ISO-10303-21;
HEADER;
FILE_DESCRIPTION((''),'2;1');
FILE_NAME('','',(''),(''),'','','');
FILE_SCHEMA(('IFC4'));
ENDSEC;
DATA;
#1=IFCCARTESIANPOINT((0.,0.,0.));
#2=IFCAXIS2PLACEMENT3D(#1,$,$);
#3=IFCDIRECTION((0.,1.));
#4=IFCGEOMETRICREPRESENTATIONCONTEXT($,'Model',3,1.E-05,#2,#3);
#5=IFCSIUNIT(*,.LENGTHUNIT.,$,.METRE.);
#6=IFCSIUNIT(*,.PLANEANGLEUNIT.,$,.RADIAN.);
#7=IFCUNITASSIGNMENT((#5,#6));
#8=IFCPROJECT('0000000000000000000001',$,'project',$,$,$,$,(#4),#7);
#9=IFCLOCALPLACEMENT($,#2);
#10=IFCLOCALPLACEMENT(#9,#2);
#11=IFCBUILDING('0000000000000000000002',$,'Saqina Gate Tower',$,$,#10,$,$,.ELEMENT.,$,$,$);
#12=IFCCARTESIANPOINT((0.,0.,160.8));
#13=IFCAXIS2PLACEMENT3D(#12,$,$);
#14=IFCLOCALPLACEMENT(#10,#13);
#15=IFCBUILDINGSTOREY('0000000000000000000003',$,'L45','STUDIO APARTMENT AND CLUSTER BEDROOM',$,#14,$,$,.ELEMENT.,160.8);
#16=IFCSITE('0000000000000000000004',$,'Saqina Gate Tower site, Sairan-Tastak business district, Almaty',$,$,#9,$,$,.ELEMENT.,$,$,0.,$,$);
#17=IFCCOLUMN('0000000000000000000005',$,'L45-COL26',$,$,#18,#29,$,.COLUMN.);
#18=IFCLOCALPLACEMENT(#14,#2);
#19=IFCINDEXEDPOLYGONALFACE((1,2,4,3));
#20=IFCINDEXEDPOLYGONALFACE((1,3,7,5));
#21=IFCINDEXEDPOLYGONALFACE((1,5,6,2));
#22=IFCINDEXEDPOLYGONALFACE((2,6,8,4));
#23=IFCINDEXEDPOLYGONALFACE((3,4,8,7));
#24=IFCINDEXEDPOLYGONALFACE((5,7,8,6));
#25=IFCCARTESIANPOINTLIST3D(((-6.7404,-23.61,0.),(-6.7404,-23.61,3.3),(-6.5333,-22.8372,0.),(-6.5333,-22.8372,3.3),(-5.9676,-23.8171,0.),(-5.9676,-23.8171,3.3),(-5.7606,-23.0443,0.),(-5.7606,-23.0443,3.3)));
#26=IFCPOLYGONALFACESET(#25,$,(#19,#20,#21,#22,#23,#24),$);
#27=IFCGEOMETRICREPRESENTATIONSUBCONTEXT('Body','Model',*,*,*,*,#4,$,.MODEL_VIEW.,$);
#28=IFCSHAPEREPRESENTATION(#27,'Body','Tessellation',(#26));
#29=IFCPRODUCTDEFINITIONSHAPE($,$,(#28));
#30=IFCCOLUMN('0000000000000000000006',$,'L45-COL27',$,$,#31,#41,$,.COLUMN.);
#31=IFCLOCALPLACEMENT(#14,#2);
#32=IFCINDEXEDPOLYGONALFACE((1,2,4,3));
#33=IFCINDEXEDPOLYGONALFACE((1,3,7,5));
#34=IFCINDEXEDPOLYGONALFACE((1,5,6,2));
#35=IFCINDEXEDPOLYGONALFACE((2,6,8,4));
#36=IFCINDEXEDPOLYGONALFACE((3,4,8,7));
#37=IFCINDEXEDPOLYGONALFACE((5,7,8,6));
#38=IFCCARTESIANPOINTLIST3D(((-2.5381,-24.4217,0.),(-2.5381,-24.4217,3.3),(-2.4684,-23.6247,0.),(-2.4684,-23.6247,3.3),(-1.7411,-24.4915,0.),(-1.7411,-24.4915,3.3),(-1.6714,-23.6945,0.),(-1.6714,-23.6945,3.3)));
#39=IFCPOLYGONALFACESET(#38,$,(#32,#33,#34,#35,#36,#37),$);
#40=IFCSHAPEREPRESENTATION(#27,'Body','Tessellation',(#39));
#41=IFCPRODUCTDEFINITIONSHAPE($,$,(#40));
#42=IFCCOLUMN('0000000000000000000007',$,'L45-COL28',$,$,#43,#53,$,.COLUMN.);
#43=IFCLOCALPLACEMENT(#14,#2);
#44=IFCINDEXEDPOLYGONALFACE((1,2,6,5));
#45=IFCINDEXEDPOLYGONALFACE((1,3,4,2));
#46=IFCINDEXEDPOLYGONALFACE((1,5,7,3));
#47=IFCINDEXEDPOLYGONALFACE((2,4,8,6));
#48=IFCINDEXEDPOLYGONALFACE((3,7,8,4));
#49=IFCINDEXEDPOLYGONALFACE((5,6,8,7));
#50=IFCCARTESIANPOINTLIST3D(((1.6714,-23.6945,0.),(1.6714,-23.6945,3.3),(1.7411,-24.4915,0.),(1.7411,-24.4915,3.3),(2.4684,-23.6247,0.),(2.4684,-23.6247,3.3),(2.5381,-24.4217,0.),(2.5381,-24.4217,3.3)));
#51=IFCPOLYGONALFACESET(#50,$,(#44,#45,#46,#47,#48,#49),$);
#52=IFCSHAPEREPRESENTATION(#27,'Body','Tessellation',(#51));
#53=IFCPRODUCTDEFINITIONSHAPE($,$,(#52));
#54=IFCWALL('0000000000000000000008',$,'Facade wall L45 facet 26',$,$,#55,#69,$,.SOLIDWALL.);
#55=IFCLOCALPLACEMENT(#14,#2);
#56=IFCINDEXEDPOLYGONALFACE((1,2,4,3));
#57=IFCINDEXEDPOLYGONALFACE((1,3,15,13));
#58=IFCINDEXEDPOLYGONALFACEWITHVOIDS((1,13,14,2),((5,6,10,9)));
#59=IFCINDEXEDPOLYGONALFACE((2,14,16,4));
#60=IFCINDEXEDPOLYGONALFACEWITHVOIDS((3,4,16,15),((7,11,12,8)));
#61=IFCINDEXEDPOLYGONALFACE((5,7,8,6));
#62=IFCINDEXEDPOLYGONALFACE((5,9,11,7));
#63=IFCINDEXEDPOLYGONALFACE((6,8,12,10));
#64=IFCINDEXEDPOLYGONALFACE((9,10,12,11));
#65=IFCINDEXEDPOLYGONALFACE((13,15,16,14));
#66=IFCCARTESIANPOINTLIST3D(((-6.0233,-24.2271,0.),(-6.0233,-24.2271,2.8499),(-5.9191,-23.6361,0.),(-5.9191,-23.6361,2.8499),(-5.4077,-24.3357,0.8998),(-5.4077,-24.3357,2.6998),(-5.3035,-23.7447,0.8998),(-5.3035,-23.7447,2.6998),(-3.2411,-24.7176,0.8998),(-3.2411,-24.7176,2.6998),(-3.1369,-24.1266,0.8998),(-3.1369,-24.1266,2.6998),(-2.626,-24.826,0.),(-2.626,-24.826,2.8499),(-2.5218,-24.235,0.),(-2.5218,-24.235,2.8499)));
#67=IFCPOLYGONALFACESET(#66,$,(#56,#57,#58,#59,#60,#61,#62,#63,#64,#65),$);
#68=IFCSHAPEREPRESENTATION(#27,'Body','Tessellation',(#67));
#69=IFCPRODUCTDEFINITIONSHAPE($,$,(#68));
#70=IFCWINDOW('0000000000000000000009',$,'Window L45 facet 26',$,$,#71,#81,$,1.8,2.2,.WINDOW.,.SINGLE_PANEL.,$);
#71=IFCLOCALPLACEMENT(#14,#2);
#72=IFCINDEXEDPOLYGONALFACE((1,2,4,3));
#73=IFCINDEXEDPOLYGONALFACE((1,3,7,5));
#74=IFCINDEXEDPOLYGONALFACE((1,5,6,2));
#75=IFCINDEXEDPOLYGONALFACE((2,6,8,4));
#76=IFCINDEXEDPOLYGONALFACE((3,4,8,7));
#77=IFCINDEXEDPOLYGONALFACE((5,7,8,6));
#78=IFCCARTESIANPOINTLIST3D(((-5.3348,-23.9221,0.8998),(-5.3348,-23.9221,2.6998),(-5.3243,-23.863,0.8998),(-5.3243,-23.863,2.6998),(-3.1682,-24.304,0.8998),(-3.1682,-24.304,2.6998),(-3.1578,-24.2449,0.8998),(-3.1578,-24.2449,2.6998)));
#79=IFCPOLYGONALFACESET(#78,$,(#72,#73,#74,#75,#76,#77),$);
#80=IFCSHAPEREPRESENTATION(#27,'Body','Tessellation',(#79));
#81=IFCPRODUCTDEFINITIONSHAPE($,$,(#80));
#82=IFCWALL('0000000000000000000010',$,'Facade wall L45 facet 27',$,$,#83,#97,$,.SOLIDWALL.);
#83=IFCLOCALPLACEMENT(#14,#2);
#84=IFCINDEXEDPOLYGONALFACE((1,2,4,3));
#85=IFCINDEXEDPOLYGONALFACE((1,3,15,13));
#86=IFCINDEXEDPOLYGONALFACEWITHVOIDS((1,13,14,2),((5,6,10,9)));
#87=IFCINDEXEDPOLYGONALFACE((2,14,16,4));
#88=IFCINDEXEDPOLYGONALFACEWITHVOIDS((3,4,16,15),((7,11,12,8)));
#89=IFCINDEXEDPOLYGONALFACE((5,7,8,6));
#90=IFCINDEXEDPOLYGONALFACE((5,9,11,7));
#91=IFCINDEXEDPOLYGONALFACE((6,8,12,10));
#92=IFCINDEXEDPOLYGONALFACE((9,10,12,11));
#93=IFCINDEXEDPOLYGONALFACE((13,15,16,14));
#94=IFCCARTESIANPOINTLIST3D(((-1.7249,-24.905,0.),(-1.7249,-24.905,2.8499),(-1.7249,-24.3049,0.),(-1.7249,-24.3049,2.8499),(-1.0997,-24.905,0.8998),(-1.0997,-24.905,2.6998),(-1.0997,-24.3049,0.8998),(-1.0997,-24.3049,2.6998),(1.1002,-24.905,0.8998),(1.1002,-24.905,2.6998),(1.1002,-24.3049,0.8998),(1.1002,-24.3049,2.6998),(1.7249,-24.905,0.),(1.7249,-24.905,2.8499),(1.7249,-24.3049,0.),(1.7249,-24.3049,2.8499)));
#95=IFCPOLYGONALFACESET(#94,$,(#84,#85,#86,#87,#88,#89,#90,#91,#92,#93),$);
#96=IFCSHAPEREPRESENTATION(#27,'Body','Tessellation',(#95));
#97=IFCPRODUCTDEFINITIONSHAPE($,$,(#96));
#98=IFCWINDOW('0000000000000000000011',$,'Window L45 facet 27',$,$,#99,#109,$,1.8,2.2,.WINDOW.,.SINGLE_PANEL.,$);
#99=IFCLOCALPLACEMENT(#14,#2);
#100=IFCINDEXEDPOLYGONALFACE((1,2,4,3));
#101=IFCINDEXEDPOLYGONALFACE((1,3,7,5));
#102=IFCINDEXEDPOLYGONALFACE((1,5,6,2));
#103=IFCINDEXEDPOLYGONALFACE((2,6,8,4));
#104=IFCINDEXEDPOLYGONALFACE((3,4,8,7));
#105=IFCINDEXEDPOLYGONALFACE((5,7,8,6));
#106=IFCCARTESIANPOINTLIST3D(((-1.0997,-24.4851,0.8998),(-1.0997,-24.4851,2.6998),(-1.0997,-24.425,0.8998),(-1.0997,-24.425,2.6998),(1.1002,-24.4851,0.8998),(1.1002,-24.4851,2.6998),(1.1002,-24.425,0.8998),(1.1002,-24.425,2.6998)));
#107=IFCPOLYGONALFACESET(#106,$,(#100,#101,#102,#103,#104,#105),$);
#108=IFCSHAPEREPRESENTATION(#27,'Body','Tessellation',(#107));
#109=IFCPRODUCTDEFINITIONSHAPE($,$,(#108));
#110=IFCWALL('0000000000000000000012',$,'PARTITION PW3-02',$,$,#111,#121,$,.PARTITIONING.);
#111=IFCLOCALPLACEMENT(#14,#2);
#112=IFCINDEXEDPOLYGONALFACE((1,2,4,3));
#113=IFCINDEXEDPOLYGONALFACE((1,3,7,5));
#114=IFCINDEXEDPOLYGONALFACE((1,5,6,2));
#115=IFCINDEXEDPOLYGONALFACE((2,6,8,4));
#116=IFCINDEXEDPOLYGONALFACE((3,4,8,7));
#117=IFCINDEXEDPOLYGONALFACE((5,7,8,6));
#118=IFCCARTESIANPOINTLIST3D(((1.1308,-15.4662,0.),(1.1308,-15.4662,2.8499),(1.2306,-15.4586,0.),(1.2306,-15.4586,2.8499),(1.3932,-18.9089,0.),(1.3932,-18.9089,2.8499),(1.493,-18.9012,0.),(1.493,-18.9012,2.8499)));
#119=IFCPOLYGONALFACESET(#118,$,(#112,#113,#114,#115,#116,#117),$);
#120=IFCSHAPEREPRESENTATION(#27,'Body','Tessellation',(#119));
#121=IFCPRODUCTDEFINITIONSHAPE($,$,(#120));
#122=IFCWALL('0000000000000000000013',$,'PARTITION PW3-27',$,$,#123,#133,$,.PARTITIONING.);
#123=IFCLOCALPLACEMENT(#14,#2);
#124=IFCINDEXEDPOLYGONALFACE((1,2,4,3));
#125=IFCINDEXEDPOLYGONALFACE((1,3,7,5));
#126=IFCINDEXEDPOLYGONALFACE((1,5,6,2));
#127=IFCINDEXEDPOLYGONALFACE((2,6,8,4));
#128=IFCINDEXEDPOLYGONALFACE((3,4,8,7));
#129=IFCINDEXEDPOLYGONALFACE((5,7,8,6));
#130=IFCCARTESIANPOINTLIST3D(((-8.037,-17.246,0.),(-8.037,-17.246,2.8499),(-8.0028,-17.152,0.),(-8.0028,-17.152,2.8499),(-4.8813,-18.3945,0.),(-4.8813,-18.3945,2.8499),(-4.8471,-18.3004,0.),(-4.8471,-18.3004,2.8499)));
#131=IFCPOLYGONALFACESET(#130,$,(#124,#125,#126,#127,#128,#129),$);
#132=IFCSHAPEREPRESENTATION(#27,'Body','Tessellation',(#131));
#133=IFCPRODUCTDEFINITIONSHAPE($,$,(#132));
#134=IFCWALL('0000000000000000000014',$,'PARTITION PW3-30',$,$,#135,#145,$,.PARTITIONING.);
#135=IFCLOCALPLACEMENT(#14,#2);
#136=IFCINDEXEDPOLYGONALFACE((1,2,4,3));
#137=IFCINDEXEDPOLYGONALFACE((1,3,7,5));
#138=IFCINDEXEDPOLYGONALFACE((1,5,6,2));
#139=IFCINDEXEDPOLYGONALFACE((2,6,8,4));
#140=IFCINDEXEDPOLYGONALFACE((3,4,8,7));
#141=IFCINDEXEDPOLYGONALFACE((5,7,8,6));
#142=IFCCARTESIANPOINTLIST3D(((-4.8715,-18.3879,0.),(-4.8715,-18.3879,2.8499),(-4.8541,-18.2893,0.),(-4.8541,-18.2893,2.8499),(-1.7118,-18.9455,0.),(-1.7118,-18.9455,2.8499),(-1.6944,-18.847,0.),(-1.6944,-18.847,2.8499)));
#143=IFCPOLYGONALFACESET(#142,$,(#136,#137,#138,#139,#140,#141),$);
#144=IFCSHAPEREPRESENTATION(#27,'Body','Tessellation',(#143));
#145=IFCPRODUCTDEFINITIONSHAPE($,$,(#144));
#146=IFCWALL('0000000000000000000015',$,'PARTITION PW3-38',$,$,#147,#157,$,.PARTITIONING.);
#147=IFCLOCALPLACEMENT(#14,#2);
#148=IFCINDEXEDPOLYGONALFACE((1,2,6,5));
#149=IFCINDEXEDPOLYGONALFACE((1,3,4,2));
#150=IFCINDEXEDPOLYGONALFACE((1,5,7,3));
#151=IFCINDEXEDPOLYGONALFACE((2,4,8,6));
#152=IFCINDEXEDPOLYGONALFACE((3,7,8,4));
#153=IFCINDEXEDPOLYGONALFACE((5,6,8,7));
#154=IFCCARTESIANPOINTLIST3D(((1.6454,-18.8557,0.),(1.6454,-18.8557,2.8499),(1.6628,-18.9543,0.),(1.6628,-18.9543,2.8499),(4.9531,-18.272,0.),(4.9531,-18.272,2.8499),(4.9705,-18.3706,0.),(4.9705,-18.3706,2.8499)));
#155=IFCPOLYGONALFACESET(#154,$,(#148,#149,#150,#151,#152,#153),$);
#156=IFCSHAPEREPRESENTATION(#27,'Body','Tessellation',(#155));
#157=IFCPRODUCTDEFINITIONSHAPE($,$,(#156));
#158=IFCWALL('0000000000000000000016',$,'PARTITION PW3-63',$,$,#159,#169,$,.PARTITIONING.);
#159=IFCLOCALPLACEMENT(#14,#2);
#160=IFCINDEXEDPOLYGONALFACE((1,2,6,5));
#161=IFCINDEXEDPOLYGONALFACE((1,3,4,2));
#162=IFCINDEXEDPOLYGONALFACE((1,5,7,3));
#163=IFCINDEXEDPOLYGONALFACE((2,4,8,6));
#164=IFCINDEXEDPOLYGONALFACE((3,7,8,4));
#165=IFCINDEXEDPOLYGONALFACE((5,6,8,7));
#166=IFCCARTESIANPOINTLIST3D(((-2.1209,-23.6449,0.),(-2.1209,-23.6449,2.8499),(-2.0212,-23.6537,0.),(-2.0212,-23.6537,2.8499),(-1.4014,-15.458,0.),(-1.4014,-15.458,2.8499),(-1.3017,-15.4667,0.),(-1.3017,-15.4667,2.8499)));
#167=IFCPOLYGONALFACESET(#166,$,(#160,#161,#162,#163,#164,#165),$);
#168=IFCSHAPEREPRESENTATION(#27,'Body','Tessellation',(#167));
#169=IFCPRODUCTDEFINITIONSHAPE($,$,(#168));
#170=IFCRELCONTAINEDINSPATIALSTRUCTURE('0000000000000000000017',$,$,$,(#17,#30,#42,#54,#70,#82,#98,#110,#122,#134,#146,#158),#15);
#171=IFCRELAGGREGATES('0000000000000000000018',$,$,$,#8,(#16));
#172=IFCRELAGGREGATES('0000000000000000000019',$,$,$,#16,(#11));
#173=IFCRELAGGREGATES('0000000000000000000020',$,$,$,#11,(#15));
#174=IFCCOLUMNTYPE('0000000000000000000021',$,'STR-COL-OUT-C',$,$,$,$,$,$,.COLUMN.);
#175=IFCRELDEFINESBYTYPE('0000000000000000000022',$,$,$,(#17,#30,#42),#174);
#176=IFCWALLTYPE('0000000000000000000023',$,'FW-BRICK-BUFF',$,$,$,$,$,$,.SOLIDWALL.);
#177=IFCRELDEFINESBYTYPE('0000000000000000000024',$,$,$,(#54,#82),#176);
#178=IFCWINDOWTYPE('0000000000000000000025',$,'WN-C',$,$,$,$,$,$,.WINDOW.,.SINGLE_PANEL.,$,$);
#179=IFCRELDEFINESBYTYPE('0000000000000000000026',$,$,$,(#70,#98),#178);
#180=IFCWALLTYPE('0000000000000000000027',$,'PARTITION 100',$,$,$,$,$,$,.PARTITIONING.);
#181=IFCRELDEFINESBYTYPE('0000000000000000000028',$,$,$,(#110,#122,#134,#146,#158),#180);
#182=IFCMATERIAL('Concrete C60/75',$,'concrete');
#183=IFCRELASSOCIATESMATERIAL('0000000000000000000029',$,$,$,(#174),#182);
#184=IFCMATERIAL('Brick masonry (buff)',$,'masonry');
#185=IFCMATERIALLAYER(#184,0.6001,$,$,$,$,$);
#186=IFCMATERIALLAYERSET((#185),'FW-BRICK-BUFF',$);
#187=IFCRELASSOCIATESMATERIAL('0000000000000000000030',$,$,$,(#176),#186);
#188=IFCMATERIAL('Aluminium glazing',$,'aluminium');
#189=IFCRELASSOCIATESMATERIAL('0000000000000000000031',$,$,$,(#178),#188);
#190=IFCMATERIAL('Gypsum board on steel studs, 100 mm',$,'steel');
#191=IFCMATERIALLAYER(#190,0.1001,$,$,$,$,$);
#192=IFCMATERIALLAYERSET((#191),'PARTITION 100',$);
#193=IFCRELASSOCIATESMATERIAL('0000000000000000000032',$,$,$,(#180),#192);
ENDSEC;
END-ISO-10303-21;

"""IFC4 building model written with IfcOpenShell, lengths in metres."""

from ifc_helpers import new_model, si_unit, direction, frame, frame_2d, origin, origin_2d, place, context, subcontext, project, spatial, rectangle, extrude, material, layer, layer_set, material_profile, profile_set, type_object, element, fill, save


model = new_model("IFC4")

# Units and contexts
model_context = context("Model", 3, precision=1e-05, world=origin(), true_north=direction((0.0, 1.0)))
body_context = subcontext(model_context, "Body", "Model", "MODEL_VIEW")
ifc_project = project(units=[si_unit("LENGTHUNIT", "METRE"), si_unit("PLANEANGLEUNIT", "RADIAN")], contexts=[model_context])

# Site, building, storey
site_placement = place(None, origin())
site = spatial("IfcSite", under=ifc_project, at=site_placement, Name="Saqina Gate Tower site, Sairan-Tastak business district, Almaty", CompositionType="ELEMENT", RefElevation=0.0)
building_placement = place(site_placement, origin())
building = spatial("IfcBuilding", under=site, at=building_placement, Name="Saqina Gate Tower", CompositionType="ELEMENT")
storey_placement = place(building_placement, frame((0.0, 0.0, 160.8)))
storey = spatial("IfcBuildingStorey", under=building, at=storey_placement, Name="L45", Description="STUDIO APARTMENT AND CLUSTER BEDROOM", CompositionType="ELEMENT", Elevation=160.8)

# Columns
ifc_material_1 = material(Name="Concrete C60/75", Category="concrete")
ifc_material_profile = material_profile(ifc_material_1, rectangle(XDim=0.8, YDim=0.8, at=origin_2d()), Name="RC 800x800")
ifc_profile_set = profile_set([ifc_material_profile], Name="Concrete C60/75")
column_type = type_object("IfcColumnType", Name="STR-COL-OUT-C", PredefinedType="COLUMN", material=ifc_profile_set)
for number, where, z_axis, x_axis, name in (
    (1, (-6.2505, -23.3271, 0.0), (0.0, 0.0, 1.0), (-0.258819, -0.965926, 0.0), "L45-COL26"),
    (2, (-2.1047, -24.0581, 0.0), (0.0, 0.0, 1.0), (-0.087156, -0.996195, 0.0), "L45-COL27"),
    (3, (2.1047, -24.0581, 0.0), (0.0, 0.0, 1.0), (0.087156, -0.996195, 0.0), "L45-COL28"),
):
    element("IfcColumn", number, at=place(storey_placement, frame(where, z_axis=z_axis, x_axis=x_axis)), inside=storey, type_object=column_type, Name=name, PredefinedType="COLUMN", context=body_context, shape_type="SweptSolid", body=[
        extrude(rectangle(XDim=0.8, YDim=0.8, at=origin_2d()), origin(), (0.0, 0.0, 1.0), 3.3),
    ])

# Walls, openings, windows
ifc_material_2 = material(Name="Brick masonry (buff)", Category="masonry")
ifc_layer_1 = layer(ifc_material_2, 0.6001)
ifc_layer_set_1 = layer_set([ifc_layer_1], Name="FW-BRICK-BUFF")
wall_type_1 = type_object("IfcWallType", Name="FW-BRICK-BUFF", PredefinedType="SOLIDWALL", material=ifc_layer_set_1)
wall_1_placement = place(storey_placement, frame((-5.9712, -23.9316, 0.0), z_axis=(0.0, 0.0, 1.0), x_axis=(0.984815, -0.173608, 0.0)))
wall_1 = element("IfcWall", 4, at=wall_1_placement, inside=storey, type_object=wall_type_1, Name="Facade wall L45 facet 26", PredefinedType="SOLIDWALL", context=body_context, shape_type="SweptSolid", body=[
    extrude(rectangle(XDim=3.4497, YDim=0.6001, at=frame_2d((1.7249, 0.0))), origin(), (0.0, 0.0, 1.0), 2.8499),
])
opening_1_placement = place(wall_1_placement, frame((0.625, 0.0, 0.8999)))
opening_1 = element("IfcOpeningElement", 5, at=opening_1_placement, cuts=wall_1, PredefinedType="OPENING", context=body_context, shape_type="SweptSolid", body=[
    extrude(rectangle(XDim=2.2, YDim=1.8, at=frame_2d((1.1001, 0.8999))), frame((0.0, 0.312, 0.0), z_axis=(0.0, -1.0, 0.0), x_axis=(1.0, 0.0, 0.0)), (0.0, 0.0, 1.0), 0.624),
])
ifc_material_3 = material(Name="Aluminium glazing", Category="aluminium")
window_type = type_object("IfcWindowType", Name="WN-C", PartitioningType="SINGLE_PANEL", PredefinedType="WINDOW", material=ifc_material_3)
window_1_placement = place(opening_1_placement, origin())
window_1 = element("IfcWindow", 6, at=window_1_placement, inside=storey, type_object=window_type, Name="Window L45 facet 26", OverallHeight=1.8, OverallWidth=2.2, PartitioningType="SINGLE_PANEL", PredefinedType="WINDOW", context=body_context, shape_type="SweptSolid", body=[
    extrude(rectangle(XDim=2.2, YDim=1.8, at=frame_2d((1.1001, 0.8999))), frame((0.0, 0.1799, 0.0), z_axis=(0.0, -1.0, 0.0), x_axis=(1.0, 0.0, 0.0)), (0.0, 0.0, 1.0), 0.0601),
])
fill(opening_1, window_1)
wall_2_placement = place(storey_placement, frame((-1.7249, -24.605, 0.0), z_axis=(0.0, 0.0, 1.0), x_axis=(1.0, 0.0, 0.0)))
wall_2 = element("IfcWall", 7, at=wall_2_placement, inside=storey, type_object=wall_type_1, Name="Facade wall L45 facet 27", PredefinedType="SOLIDWALL", context=body_context, shape_type="SweptSolid", body=[
    extrude(rectangle(XDim=3.4497, YDim=0.6001, at=frame_2d((1.7249, 0.0))), origin(), (0.0, 0.0, 1.0), 2.8499),
])
opening_2_placement = place(wall_2_placement, frame((0.625, 0.0, 0.8999)))
opening_2 = element("IfcOpeningElement", 8, at=opening_2_placement, cuts=wall_2, PredefinedType="OPENING", context=body_context, shape_type="SweptSolid", body=[
    extrude(rectangle(XDim=2.2, YDim=1.8, at=frame_2d((1.1001, 0.8999))), frame((0.0, 0.312, 0.0), z_axis=(0.0, -1.0, 0.0), x_axis=(1.0, 0.0, 0.0)), (0.0, 0.0, 1.0), 0.624),
])
window_2_placement = place(opening_2_placement, origin())
window_2 = element("IfcWindow", 9, at=window_2_placement, inside=storey, type_object=window_type, Name="Window L45 facet 27", OverallHeight=1.8, OverallWidth=2.2, PartitioningType="SINGLE_PANEL", PredefinedType="WINDOW", context=body_context, shape_type="SweptSolid", body=[
    extrude(rectangle(XDim=2.2, YDim=1.8, at=frame_2d((1.1001, 0.8999))), frame((0.0, 0.1799, 0.0), z_axis=(0.0, -1.0, 0.0), x_axis=(1.0, 0.0, 0.0)), (0.0, 0.0, 1.0), 0.0601),
])
fill(opening_2, window_2)

# Walls
ifc_material_4 = material(Name="Gypsum board on steel studs, 100 mm", Category="steel")
ifc_layer_2 = layer(ifc_material_4, 0.1001)
ifc_layer_set_2 = layer_set([ifc_layer_2], Name="PARTITION 100")
wall_type_2 = type_object("IfcWallType", Name="PARTITION 100", PredefinedType="PARTITIONING", material=ifc_layer_set_2)
wall_3_placement = place(storey_placement, frame((1.1807, -15.4624, 0.0), z_axis=(0.0, 0.0, 1.0), x_axis=(0.076015, -0.997107, 0.0)))
element("IfcWall", 10, at=wall_3_placement, inside=storey, type_object=wall_type_2, Name="PARTITION PW3-02", PredefinedType="PARTITIONING", context=body_context, shape_type="SweptSolid", body=[
    extrude(rectangle(XDim=3.4526, YDim=0.1001, at=frame_2d((1.7263, 0.0))), origin(), (0.0, 0.0, 1.0), 2.8499),
])
wall_4_placement = place(storey_placement, frame((-8.02, -17.199, 0.0), z_axis=(0.0, 0.0, 1.0), x_axis=(0.939708, -0.341977, 0.0)))
element("IfcWall", 11, at=wall_4_placement, inside=storey, type_object=wall_type_2, Name="PARTITION PW3-27", PredefinedType="PARTITIONING", context=body_context, shape_type="SweptSolid", body=[
    extrude(rectangle(XDim=3.3582, YDim=0.1001, at=frame_2d((1.6792, 0.0))), origin(), (0.0, 0.0, 1.0), 2.8499),
])
wall_5_placement = place(storey_placement, frame((-4.8628, -18.3386, 0.0), z_axis=(0.0, 0.0, 1.0), x_axis=(0.984782, -0.173794, 0.0)))
element("IfcWall", 12, at=wall_5_placement, inside=storey, type_object=wall_type_2, Name="PARTITION PW3-30", PredefinedType="PARTITIONING", context=body_context, shape_type="SweptSolid", body=[
    extrude(rectangle(XDim=3.2085, YDim=0.1001, at=frame_2d((1.6042, 0.0))), origin(), (0.0, 0.0, 1.0), 2.8499),
])
wall_6_placement = place(storey_placement, frame((1.6541, -18.905, 0.0), z_axis=(0.0, 0.0, 1.0), x_axis=(0.984784, 0.173785, 0.0)))
element("IfcWall", 13, at=wall_6_placement, inside=storey, type_object=wall_type_2, Name="PARTITION PW3-38", PredefinedType="PARTITIONING", context=body_context, shape_type="SweptSolid", body=[
    extrude(rectangle(XDim=3.3589, YDim=0.1001, at=frame_2d((1.6794, 0.0))), origin(), (0.0, 0.0, 1.0), 2.8499),
])
wall_7_placement = place(storey_placement, frame((-2.071, -23.6494, 0.0), z_axis=(0.0, 0.0, 1.0), x_axis=(0.087544, 0.996161, 0.0)))
element("IfcWall", 14, at=wall_7_placement, inside=storey, type_object=wall_type_2, Name="PARTITION PW3-63", PredefinedType="PARTITIONING", context=body_context, shape_type="SweptSolid", body=[
    extrude(rectangle(XDim=8.2185, YDim=0.1001, at=frame_2d((4.1094, 0.0))), origin(), (0.0, 0.0, 1.0), 2.8499),
])

save(model, "model.ifc")
